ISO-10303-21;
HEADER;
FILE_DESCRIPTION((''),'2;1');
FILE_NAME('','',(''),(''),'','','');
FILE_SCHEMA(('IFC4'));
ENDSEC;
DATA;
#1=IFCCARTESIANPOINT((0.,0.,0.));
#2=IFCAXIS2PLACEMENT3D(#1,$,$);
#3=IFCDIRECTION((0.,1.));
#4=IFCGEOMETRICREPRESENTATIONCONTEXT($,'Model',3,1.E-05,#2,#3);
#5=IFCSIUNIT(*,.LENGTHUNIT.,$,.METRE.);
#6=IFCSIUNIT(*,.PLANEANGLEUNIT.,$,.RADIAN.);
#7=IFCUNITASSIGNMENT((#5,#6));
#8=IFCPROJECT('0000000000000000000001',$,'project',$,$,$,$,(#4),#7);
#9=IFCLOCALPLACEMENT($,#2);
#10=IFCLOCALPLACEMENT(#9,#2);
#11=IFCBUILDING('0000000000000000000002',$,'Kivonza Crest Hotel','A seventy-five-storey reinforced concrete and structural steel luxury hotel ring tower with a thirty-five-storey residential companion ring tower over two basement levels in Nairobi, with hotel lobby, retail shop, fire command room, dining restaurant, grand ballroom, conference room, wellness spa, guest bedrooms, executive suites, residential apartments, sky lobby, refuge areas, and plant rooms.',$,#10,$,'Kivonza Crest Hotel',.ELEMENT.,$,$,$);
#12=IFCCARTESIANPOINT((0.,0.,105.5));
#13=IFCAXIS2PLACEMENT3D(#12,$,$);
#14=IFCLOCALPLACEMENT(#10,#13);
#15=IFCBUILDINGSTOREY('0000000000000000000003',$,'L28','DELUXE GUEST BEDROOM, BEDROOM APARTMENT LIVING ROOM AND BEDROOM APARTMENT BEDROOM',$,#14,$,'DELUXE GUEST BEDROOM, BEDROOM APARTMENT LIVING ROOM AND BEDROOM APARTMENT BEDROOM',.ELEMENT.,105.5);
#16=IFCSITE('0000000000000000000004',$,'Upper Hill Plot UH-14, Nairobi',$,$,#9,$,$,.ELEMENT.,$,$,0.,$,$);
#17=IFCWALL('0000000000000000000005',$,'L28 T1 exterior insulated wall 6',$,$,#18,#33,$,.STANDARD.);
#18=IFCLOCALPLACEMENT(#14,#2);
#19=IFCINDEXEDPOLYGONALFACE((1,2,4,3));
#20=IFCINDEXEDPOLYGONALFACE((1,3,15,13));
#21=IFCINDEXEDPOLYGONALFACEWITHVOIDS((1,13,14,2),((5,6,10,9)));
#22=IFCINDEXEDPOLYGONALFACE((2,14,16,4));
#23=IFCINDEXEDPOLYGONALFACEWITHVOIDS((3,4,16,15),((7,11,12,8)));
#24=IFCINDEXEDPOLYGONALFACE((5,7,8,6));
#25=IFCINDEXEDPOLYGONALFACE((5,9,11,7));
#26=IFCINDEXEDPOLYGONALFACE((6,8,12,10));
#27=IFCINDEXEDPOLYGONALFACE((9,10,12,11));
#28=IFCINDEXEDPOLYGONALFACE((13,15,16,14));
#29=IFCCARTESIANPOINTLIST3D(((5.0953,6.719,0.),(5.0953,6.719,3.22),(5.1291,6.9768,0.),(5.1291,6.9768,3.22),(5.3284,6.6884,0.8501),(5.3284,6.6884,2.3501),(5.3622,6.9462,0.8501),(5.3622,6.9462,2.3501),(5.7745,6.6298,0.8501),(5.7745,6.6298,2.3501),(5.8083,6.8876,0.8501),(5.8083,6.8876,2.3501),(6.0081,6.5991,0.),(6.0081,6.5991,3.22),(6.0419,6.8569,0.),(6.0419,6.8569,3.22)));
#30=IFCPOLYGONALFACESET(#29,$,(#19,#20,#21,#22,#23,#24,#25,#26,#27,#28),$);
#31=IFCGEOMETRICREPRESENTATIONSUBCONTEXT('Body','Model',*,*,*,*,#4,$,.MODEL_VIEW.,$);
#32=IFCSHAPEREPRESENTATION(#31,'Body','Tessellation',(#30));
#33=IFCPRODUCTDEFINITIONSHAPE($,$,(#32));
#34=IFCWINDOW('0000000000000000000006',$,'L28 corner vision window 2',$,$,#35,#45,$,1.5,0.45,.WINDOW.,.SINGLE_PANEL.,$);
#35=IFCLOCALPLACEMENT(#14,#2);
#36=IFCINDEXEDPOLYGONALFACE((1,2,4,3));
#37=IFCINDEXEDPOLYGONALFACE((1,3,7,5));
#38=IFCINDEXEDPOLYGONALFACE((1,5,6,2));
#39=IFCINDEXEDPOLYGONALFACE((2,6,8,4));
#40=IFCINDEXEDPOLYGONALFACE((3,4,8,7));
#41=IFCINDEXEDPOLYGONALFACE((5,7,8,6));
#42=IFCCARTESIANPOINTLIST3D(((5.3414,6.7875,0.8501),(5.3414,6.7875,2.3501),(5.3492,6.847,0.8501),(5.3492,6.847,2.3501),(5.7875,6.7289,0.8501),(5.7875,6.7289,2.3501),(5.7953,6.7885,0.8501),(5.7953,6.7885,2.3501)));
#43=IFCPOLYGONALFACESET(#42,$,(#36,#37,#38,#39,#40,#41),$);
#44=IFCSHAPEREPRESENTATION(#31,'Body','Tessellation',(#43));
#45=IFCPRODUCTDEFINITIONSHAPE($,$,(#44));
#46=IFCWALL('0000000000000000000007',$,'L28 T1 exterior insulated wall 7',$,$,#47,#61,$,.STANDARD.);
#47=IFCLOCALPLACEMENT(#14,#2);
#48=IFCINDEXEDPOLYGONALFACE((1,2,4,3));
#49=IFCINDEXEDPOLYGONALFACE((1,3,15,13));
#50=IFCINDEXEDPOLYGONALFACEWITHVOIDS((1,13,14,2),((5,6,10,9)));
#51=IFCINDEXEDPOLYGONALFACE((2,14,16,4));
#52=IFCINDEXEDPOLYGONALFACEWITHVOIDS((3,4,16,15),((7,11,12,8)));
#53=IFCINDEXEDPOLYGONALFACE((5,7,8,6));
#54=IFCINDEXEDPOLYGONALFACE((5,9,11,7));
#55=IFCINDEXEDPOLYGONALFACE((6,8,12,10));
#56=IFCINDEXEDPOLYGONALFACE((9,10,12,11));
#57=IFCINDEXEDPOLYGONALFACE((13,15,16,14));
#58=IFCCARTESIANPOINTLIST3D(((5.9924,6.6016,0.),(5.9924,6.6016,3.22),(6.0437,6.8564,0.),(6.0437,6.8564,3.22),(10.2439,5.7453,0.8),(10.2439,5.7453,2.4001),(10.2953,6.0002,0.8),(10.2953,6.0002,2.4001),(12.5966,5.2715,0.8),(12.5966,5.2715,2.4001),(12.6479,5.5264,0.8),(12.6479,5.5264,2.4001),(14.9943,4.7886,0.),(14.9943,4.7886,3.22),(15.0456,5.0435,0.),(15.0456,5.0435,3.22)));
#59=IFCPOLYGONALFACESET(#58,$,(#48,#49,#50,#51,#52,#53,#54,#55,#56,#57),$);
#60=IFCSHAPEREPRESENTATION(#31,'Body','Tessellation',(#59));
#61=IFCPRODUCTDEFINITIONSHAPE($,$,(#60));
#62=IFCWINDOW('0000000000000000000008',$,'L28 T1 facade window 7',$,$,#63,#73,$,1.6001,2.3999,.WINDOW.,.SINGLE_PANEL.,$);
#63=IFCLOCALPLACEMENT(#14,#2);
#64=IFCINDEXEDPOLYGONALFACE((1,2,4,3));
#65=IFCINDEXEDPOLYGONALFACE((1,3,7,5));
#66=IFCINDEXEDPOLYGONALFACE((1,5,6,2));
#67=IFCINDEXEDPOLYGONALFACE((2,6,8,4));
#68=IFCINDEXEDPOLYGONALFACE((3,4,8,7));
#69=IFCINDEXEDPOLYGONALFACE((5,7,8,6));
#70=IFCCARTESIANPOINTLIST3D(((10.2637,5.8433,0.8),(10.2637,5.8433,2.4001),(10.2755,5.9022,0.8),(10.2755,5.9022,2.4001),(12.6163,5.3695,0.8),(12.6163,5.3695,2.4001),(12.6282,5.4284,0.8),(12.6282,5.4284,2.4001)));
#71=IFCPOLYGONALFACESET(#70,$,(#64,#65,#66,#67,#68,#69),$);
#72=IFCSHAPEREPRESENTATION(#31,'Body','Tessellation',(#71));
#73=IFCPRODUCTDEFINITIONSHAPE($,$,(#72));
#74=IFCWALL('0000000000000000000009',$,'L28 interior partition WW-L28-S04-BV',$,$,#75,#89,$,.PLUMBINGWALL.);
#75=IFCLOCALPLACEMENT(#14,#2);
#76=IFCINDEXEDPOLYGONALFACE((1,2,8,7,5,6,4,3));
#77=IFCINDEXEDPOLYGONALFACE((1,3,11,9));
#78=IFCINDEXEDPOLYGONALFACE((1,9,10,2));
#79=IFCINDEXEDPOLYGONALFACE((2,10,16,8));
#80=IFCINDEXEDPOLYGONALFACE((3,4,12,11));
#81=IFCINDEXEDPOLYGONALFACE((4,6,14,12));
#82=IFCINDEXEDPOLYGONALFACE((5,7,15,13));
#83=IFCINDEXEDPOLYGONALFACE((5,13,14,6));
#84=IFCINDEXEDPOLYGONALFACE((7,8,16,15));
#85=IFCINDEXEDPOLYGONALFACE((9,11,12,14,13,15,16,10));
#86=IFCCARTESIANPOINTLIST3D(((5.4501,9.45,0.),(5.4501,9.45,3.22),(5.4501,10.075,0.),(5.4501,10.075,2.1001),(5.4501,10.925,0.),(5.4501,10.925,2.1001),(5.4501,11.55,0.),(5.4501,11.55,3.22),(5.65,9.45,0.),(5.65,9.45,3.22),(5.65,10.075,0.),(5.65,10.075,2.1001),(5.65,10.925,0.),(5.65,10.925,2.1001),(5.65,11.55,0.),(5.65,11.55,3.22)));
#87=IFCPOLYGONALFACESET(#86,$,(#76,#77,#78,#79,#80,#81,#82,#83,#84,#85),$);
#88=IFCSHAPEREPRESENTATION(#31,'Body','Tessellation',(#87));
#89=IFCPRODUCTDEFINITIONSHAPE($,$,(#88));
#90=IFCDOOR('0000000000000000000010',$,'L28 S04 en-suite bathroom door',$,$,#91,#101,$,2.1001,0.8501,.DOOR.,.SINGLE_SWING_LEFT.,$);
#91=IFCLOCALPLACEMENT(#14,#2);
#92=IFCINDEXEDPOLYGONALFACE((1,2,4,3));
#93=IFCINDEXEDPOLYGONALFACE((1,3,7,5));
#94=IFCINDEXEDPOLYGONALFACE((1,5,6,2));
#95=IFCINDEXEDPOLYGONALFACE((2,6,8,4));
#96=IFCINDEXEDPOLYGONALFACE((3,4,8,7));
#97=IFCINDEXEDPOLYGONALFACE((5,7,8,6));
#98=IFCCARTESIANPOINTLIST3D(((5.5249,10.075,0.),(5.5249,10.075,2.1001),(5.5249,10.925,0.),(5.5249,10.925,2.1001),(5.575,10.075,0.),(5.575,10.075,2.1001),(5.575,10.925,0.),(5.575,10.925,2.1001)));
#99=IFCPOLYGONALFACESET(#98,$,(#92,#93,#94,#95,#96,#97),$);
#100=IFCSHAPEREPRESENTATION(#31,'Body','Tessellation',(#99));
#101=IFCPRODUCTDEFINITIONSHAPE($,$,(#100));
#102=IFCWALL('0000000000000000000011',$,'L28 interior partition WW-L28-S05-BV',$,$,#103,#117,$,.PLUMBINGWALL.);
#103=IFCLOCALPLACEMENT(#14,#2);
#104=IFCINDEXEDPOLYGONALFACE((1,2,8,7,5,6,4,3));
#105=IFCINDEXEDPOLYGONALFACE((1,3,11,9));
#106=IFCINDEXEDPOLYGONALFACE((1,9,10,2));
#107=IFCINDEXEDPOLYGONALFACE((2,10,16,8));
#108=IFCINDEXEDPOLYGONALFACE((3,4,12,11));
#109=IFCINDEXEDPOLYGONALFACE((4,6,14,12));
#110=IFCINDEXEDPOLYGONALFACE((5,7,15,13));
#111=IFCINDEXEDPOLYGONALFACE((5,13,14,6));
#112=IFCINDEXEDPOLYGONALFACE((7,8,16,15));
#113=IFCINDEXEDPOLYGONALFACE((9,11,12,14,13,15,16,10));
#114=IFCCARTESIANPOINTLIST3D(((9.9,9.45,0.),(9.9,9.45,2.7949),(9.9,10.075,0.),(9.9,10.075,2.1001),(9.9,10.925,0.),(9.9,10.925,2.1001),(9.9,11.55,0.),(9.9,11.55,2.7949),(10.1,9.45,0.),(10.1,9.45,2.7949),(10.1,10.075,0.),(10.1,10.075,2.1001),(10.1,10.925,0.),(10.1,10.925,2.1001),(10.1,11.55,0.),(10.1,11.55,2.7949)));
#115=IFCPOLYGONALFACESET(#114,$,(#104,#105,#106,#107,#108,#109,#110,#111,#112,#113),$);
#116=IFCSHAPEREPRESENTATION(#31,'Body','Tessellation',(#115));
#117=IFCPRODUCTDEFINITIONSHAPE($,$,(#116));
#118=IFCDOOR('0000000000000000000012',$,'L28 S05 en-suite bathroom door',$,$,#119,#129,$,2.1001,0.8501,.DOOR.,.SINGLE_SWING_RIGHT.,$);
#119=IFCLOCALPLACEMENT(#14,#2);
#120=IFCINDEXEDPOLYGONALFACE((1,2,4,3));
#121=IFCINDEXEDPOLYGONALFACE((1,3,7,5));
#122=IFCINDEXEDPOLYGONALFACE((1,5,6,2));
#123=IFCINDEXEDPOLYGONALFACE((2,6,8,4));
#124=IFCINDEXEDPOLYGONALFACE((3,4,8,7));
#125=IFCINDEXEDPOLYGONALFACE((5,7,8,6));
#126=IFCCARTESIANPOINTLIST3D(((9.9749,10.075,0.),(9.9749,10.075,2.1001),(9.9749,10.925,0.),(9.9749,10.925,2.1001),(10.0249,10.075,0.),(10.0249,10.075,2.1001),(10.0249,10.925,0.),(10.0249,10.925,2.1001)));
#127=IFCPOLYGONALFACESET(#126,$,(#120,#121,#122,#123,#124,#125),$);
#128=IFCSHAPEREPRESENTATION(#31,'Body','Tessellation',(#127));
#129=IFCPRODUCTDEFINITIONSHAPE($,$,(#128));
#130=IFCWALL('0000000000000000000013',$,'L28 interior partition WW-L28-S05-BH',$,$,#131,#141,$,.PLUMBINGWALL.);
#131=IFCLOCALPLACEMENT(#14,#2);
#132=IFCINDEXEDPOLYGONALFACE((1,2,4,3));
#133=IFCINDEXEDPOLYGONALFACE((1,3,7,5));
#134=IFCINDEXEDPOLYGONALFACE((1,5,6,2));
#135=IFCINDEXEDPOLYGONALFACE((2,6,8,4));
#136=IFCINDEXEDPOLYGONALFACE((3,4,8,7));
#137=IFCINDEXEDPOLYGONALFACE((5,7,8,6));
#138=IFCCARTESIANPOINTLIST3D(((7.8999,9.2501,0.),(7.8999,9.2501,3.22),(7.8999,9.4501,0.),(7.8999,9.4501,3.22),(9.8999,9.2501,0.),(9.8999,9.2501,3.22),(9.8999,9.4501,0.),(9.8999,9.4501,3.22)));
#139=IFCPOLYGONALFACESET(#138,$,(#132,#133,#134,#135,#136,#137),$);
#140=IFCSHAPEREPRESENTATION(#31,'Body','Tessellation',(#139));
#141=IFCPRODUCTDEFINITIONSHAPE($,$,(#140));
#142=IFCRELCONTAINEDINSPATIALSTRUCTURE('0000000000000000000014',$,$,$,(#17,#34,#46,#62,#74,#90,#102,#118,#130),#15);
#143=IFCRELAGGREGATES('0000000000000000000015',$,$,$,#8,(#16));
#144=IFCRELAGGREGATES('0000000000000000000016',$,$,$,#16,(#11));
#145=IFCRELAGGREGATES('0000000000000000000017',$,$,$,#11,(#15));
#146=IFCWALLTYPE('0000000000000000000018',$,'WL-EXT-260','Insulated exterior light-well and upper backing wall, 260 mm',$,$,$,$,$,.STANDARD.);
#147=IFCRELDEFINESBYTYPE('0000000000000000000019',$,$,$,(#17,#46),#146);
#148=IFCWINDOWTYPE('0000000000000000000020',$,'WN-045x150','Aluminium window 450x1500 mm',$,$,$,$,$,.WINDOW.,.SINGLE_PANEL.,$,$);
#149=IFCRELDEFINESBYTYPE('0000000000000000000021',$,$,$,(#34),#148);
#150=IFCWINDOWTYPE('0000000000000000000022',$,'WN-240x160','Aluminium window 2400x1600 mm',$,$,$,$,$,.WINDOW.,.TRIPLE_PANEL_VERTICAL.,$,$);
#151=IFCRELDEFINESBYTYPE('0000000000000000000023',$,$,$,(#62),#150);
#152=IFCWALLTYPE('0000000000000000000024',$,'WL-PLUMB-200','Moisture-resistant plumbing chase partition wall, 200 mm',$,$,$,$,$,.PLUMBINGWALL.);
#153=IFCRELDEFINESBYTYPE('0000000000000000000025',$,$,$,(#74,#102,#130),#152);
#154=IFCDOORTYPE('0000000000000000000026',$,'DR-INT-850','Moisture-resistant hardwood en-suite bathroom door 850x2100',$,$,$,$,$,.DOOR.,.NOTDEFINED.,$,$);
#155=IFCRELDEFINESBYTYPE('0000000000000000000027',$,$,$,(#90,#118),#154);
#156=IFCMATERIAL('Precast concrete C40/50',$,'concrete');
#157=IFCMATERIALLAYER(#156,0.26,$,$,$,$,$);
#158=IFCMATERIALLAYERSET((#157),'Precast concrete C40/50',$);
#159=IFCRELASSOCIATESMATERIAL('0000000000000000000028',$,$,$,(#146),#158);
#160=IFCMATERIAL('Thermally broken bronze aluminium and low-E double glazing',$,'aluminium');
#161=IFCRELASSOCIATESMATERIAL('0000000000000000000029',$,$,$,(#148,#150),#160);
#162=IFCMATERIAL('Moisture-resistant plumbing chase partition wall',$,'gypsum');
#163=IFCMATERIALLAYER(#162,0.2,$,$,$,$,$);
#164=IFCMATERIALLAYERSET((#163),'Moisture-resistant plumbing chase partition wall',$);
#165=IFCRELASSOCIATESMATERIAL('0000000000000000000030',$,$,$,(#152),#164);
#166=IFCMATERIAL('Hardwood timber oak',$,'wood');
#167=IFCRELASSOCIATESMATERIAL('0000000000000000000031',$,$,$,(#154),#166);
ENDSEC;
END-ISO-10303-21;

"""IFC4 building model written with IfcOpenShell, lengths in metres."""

from ifc_helpers import new_model, si_unit, direction, frame, frame_2d, origin, place, context, subcontext, project, spatial, rectangle, extrude, material, layer, layer_set, type_object, element, fill, save


model = new_model("IFC4")

# Units and contexts
model_context = context("Model", 3, precision=1e-05, world=origin(), true_north=direction((0.0, 1.0)))
body_context = subcontext(model_context, "Body", "Model", "MODEL_VIEW")
ifc_project = project(units=[si_unit("LENGTHUNIT", "METRE"), si_unit("PLANEANGLEUNIT", "RADIAN")], contexts=[model_context])

# Site, building, storey
site_placement = place(None, origin())
site = spatial("IfcSite", under=ifc_project, at=site_placement, Name="Upper Hill Plot UH-14, Nairobi", CompositionType="ELEMENT", RefElevation=0.0)
building_placement = place(site_placement, origin())
building = spatial("IfcBuilding", under=site, at=building_placement, Name="Kivonza Crest Hotel", Description="A seventy-five-storey reinforced concrete and structural steel luxury hotel ring tower with a thirty-five-storey residential companion ring tower over two basement levels in Nairobi, with hotel lobby, retail shop, fire command room, dining restaurant, grand ballroom, conference room, wellness spa, guest bedrooms, executive suites, residential apartments, sky lobby, refuge areas, and plant rooms.", LongName="Kivonza Crest Hotel", CompositionType="ELEMENT")
storey_placement = place(building_placement, frame((0.0, 0.0, 105.5)))
storey = spatial("IfcBuildingStorey", under=building, at=storey_placement, Name="L28", Description="DELUXE GUEST BEDROOM, BEDROOM APARTMENT LIVING ROOM AND BEDROOM APARTMENT BEDROOM", LongName="DELUXE GUEST BEDROOM, BEDROOM APARTMENT LIVING ROOM AND BEDROOM APARTMENT BEDROOM", CompositionType="ELEMENT", Elevation=105.5)

# Shared definitions
ifc_material_1 = material(Name="Hardwood timber oak", Category="wood")

# Walls, openings, windows
ifc_material_2 = material(Name="Precast concrete C40/50", Category="concrete")
ifc_layer_1 = layer(ifc_material_2, 0.26)
ifc_layer_set_1 = layer_set([ifc_layer_1], Name="Precast concrete C40/50")
wall_type_1 = type_object("IfcWallType", Name="WL-EXT-260", Description="Insulated exterior light-well and upper backing wall, 260 mm", PredefinedType="STANDARD", material=ifc_layer_set_1)
wall_1_placement = place(storey_placement, frame((5.1121, 6.8479, 0.0), z_axis=(0.0, 0.0, 1.0), x_axis=(0.991488, -0.130201, 0.0)))
wall_1 = element("IfcWall", 1, at=wall_1_placement, inside=storey, type_object=wall_type_1, Name="L28 T1 exterior insulated wall 6", PredefinedType="STANDARD", context=body_context, shape_type="SweptSolid", body=[
    extrude(rectangle(XDim=0.9207, YDim=0.26, at=frame_2d((0.4604, 0.0))), origin(), (0.0, 0.0, 1.0), 3.22),
])
opening_1_placement = place(wall_1_placement, frame((0.2351, 0.0, 0.8501)))
opening_1 = element("IfcOpeningElement", 2, at=opening_1_placement, cuts=wall_1, PredefinedType="OPENING", context=body_context, shape_type="SweptSolid", body=[
    extrude(rectangle(XDim=0.45, YDim=1.5, at=frame_2d((0.2251, 0.75))), frame((0.0, 0.1401, 0.0), z_axis=(0.0, -1.0, 0.0), x_axis=(1.0, 0.0, 0.0)), (0.0, 0.0, 1.0), 0.28),
])
ifc_material_3 = material(Name="Thermally broken bronze aluminium and low-E double glazing", Category="aluminium")
window_type_1 = type_object("IfcWindowType", Name="WN-045x150", Description="Aluminium window 450x1500 mm", PartitioningType="SINGLE_PANEL", PredefinedType="WINDOW", material=ifc_material_3)
window_1_placement = place(opening_1_placement, origin())
window_1 = element("IfcWindow", 3, at=window_1_placement, inside=storey, type_object=window_type_1, Name="L28 corner vision window 2", OverallHeight=1.5, OverallWidth=0.45, PartitioningType="SINGLE_PANEL", PredefinedType="WINDOW", context=body_context, shape_type="SweptSolid", body=[
    extrude(rectangle(XDim=0.45, YDim=1.5, at=frame_2d((0.2251, 0.75))), frame((0.0, 0.03, 0.0), z_axis=(0.0, -1.0, 0.0), x_axis=(1.0, 0.0, 0.0)), (0.0, 0.0, 1.0), 0.0601),
])
fill(opening_1, window_1)
wall_2_placement = place(storey_placement, frame((6.0181, 6.729, 0.0), z_axis=(0.0, 0.0, 1.0), x_axis=(0.980316, -0.197435, 0.0)))
wall_2 = element("IfcWall", 4, at=wall_2_placement, inside=storey, type_object=wall_type_1, Name="L28 T1 exterior insulated wall 7", PredefinedType="STANDARD", context=body_context, shape_type="SweptSolid", body=[
    extrude(rectangle(XDim=9.1826, YDim=0.26, at=frame_2d((4.5913, 0.0))), origin(), (0.0, 0.0, 1.0), 3.22),
])
opening_2_placement = place(wall_2_placement, frame((4.3369, 0.0, 0.8)))
opening_2 = element("IfcOpeningElement", 5, at=opening_2_placement, cuts=wall_2, PredefinedType="OPENING", context=body_context, shape_type="SweptSolid", body=[
    extrude(rectangle(XDim=2.3999, YDim=1.6001, at=frame_2d((1.2, 0.8))), frame((0.0, 0.1401, 0.0), z_axis=(0.0, -1.0, 0.0), x_axis=(1.0, 0.0, 0.0)), (0.0, 0.0, 1.0), 0.28),
])
window_type_2 = type_object("IfcWindowType", Name="WN-240x160", Description="Aluminium window 2400x1600 mm", PartitioningType="TRIPLE_PANEL_VERTICAL", PredefinedType="WINDOW", material=ifc_material_3)
window_2_placement = place(opening_2_placement, origin())
window_2 = element("IfcWindow", 6, at=window_2_placement, inside=storey, type_object=window_type_2, Name="L28 T1 facade window 7", OverallHeight=1.6001, OverallWidth=2.3999, PartitioningType="SINGLE_PANEL", PredefinedType="WINDOW", context=body_context, shape_type="SweptSolid", body=[
    extrude(rectangle(XDim=2.3999, YDim=1.6001, at=frame_2d((1.2, 0.8))), frame((0.0, 0.03, 0.0), z_axis=(0.0, -1.0, 0.0), x_axis=(1.0, 0.0, 0.0)), (0.0, 0.0, 1.0), 0.0601),
])
fill(opening_2, window_2)

# Walls, openings, doors
ifc_material_4 = material(Name="Moisture-resistant plumbing chase partition wall", Category="gypsum")
ifc_layer_2 = layer(ifc_material_4, 0.2)
ifc_layer_set_2 = layer_set([ifc_layer_2], Name="Moisture-resistant plumbing chase partition wall")
wall_type_2 = type_object("IfcWallType", Name="WL-PLUMB-200", Description="Moisture-resistant plumbing chase partition wall, 200 mm", PredefinedType="PLUMBINGWALL", material=ifc_layer_set_2)
wall_3_placement = place(storey_placement, frame((5.55, 9.45, 0.0), z_axis=(0.0, 0.0, 1.0), x_axis=(0.0, 1.0, 0.0)))
wall_3 = element("IfcWall", 7, at=wall_3_placement, inside=storey, type_object=wall_type_2, Name="L28 interior partition WW-L28-S04-BV", PredefinedType="PLUMBINGWALL", context=body_context, shape_type="SweptSolid", body=[
    extrude(rectangle(XDim=2.1001, YDim=0.2, at=frame_2d((1.05, 0.0))), origin(), (0.0, 0.0, 1.0), 3.22),
])
opening_3_placement = place(wall_3_placement, frame((0.625, 0.0, 0.0)))
opening_3 = element("IfcOpeningElement", 8, at=opening_3_placement, cuts=wall_3, PredefinedType="OPENING", context=body_context, shape_type="SweptSolid", body=[
    extrude(rectangle(XDim=0.8501, YDim=2.1001, at=frame_2d((0.425, 1.05))), frame((0.0, 0.1099, 0.0), z_axis=(0.0, -1.0, 0.0), x_axis=(1.0, 0.0, 0.0)), (0.0, 0.0, 1.0), 0.22),
])
door_type_1 = type_object("IfcDoorType", Name="DR-INT-850", Description="Moisture-resistant hardwood en-suite bathroom door 850x2100", OperationType="NOTDEFINED", PredefinedType="DOOR", material=ifc_material_1)
door_1_placement = place(opening_3_placement, frame((0.8501, 0.0, 0.0), z_axis=(0.0, 0.0, 1.0), x_axis=(-1.0, 0.0, 0.0)))
door_1 = element("IfcDoor", 9, at=door_1_placement, inside=storey, type_object=door_type_1, Name="L28 S04 en-suite bathroom door", OperationType="SINGLE_SWING_LEFT", OverallHeight=2.1001, OverallWidth=0.8501, PredefinedType="DOOR", context=body_context, shape_type="SweptSolid", body=[
    extrude(rectangle(XDim=0.8501, YDim=2.1001, at=frame_2d((0.425, 1.05))), frame((0.0, 0.0249, 0.0), z_axis=(0.0, -1.0, 0.0), x_axis=(1.0, 0.0, 0.0)), (0.0, 0.0, 1.0), 0.05),
])
fill(opening_3, door_1)
wall_4_placement = place(storey_placement, frame((10.0, 9.45, 0.0), z_axis=(0.0, 0.0, 1.0), x_axis=(0.0, 1.0, 0.0)))
wall_4 = element("IfcWall", 10, at=wall_4_placement, inside=storey, type_object=wall_type_2, Name="L28 interior partition WW-L28-S05-BV", PredefinedType="PLUMBINGWALL", context=body_context, shape_type="SweptSolid", body=[
    extrude(rectangle(XDim=2.1001, YDim=0.2, at=frame_2d((1.05, 0.0))), origin(), (0.0, 0.0, 1.0), 2.7949),
])
opening_4_placement = place(wall_4_placement, frame((0.625, 0.0, 0.0)))
opening_4 = element("IfcOpeningElement", 11, at=opening_4_placement, cuts=wall_4, PredefinedType="OPENING", context=body_context, shape_type="SweptSolid", body=[
    extrude(rectangle(XDim=0.8501, YDim=2.1001, at=frame_2d((0.425, 1.05))), frame((0.0, 0.1099, 0.0), z_axis=(0.0, -1.0, 0.0), x_axis=(1.0, 0.0, 0.0)), (0.0, 0.0, 1.0), 0.22),
])
door_2_placement = place(opening_4_placement, frame((0.8501, 0.0, 0.0), z_axis=(0.0, 0.0, 1.0), x_axis=(-1.0, 0.0, 0.0)))
door_2 = element("IfcDoor", 12, at=door_2_placement, inside=storey, type_object=door_type_1, Name="L28 S05 en-suite bathroom door", OperationType="SINGLE_SWING_RIGHT", OverallHeight=2.1001, OverallWidth=0.8501, PredefinedType="DOOR", context=body_context, shape_type="SweptSolid", body=[
    extrude(rectangle(XDim=0.8501, YDim=2.1001, at=frame_2d((0.425, 1.05))), frame((0.0, 0.0249, 0.0), z_axis=(0.0, -1.0, 0.0), x_axis=(1.0, 0.0, 0.0)), (0.0, 0.0, 1.0), 0.05),
])
fill(opening_4, door_2)

# Wall
wall_5_placement = place(storey_placement, frame((7.8999, 9.3501, 0.0), z_axis=(0.0, 0.0, 1.0), x_axis=(1.0, 0.0, 0.0)))
element("IfcWall", 13, at=wall_5_placement, inside=storey, type_object=wall_type_2, Name="L28 interior partition WW-L28-S05-BH", PredefinedType="PLUMBINGWALL", context=body_context, shape_type="SweptSolid", body=[
    extrude(rectangle(XDim=2.0, YDim=0.2, at=frame_2d((1.0, 0.0))), origin(), (0.0, 0.0, 1.0), 3.22),
])

save(model, "model.ifc")
